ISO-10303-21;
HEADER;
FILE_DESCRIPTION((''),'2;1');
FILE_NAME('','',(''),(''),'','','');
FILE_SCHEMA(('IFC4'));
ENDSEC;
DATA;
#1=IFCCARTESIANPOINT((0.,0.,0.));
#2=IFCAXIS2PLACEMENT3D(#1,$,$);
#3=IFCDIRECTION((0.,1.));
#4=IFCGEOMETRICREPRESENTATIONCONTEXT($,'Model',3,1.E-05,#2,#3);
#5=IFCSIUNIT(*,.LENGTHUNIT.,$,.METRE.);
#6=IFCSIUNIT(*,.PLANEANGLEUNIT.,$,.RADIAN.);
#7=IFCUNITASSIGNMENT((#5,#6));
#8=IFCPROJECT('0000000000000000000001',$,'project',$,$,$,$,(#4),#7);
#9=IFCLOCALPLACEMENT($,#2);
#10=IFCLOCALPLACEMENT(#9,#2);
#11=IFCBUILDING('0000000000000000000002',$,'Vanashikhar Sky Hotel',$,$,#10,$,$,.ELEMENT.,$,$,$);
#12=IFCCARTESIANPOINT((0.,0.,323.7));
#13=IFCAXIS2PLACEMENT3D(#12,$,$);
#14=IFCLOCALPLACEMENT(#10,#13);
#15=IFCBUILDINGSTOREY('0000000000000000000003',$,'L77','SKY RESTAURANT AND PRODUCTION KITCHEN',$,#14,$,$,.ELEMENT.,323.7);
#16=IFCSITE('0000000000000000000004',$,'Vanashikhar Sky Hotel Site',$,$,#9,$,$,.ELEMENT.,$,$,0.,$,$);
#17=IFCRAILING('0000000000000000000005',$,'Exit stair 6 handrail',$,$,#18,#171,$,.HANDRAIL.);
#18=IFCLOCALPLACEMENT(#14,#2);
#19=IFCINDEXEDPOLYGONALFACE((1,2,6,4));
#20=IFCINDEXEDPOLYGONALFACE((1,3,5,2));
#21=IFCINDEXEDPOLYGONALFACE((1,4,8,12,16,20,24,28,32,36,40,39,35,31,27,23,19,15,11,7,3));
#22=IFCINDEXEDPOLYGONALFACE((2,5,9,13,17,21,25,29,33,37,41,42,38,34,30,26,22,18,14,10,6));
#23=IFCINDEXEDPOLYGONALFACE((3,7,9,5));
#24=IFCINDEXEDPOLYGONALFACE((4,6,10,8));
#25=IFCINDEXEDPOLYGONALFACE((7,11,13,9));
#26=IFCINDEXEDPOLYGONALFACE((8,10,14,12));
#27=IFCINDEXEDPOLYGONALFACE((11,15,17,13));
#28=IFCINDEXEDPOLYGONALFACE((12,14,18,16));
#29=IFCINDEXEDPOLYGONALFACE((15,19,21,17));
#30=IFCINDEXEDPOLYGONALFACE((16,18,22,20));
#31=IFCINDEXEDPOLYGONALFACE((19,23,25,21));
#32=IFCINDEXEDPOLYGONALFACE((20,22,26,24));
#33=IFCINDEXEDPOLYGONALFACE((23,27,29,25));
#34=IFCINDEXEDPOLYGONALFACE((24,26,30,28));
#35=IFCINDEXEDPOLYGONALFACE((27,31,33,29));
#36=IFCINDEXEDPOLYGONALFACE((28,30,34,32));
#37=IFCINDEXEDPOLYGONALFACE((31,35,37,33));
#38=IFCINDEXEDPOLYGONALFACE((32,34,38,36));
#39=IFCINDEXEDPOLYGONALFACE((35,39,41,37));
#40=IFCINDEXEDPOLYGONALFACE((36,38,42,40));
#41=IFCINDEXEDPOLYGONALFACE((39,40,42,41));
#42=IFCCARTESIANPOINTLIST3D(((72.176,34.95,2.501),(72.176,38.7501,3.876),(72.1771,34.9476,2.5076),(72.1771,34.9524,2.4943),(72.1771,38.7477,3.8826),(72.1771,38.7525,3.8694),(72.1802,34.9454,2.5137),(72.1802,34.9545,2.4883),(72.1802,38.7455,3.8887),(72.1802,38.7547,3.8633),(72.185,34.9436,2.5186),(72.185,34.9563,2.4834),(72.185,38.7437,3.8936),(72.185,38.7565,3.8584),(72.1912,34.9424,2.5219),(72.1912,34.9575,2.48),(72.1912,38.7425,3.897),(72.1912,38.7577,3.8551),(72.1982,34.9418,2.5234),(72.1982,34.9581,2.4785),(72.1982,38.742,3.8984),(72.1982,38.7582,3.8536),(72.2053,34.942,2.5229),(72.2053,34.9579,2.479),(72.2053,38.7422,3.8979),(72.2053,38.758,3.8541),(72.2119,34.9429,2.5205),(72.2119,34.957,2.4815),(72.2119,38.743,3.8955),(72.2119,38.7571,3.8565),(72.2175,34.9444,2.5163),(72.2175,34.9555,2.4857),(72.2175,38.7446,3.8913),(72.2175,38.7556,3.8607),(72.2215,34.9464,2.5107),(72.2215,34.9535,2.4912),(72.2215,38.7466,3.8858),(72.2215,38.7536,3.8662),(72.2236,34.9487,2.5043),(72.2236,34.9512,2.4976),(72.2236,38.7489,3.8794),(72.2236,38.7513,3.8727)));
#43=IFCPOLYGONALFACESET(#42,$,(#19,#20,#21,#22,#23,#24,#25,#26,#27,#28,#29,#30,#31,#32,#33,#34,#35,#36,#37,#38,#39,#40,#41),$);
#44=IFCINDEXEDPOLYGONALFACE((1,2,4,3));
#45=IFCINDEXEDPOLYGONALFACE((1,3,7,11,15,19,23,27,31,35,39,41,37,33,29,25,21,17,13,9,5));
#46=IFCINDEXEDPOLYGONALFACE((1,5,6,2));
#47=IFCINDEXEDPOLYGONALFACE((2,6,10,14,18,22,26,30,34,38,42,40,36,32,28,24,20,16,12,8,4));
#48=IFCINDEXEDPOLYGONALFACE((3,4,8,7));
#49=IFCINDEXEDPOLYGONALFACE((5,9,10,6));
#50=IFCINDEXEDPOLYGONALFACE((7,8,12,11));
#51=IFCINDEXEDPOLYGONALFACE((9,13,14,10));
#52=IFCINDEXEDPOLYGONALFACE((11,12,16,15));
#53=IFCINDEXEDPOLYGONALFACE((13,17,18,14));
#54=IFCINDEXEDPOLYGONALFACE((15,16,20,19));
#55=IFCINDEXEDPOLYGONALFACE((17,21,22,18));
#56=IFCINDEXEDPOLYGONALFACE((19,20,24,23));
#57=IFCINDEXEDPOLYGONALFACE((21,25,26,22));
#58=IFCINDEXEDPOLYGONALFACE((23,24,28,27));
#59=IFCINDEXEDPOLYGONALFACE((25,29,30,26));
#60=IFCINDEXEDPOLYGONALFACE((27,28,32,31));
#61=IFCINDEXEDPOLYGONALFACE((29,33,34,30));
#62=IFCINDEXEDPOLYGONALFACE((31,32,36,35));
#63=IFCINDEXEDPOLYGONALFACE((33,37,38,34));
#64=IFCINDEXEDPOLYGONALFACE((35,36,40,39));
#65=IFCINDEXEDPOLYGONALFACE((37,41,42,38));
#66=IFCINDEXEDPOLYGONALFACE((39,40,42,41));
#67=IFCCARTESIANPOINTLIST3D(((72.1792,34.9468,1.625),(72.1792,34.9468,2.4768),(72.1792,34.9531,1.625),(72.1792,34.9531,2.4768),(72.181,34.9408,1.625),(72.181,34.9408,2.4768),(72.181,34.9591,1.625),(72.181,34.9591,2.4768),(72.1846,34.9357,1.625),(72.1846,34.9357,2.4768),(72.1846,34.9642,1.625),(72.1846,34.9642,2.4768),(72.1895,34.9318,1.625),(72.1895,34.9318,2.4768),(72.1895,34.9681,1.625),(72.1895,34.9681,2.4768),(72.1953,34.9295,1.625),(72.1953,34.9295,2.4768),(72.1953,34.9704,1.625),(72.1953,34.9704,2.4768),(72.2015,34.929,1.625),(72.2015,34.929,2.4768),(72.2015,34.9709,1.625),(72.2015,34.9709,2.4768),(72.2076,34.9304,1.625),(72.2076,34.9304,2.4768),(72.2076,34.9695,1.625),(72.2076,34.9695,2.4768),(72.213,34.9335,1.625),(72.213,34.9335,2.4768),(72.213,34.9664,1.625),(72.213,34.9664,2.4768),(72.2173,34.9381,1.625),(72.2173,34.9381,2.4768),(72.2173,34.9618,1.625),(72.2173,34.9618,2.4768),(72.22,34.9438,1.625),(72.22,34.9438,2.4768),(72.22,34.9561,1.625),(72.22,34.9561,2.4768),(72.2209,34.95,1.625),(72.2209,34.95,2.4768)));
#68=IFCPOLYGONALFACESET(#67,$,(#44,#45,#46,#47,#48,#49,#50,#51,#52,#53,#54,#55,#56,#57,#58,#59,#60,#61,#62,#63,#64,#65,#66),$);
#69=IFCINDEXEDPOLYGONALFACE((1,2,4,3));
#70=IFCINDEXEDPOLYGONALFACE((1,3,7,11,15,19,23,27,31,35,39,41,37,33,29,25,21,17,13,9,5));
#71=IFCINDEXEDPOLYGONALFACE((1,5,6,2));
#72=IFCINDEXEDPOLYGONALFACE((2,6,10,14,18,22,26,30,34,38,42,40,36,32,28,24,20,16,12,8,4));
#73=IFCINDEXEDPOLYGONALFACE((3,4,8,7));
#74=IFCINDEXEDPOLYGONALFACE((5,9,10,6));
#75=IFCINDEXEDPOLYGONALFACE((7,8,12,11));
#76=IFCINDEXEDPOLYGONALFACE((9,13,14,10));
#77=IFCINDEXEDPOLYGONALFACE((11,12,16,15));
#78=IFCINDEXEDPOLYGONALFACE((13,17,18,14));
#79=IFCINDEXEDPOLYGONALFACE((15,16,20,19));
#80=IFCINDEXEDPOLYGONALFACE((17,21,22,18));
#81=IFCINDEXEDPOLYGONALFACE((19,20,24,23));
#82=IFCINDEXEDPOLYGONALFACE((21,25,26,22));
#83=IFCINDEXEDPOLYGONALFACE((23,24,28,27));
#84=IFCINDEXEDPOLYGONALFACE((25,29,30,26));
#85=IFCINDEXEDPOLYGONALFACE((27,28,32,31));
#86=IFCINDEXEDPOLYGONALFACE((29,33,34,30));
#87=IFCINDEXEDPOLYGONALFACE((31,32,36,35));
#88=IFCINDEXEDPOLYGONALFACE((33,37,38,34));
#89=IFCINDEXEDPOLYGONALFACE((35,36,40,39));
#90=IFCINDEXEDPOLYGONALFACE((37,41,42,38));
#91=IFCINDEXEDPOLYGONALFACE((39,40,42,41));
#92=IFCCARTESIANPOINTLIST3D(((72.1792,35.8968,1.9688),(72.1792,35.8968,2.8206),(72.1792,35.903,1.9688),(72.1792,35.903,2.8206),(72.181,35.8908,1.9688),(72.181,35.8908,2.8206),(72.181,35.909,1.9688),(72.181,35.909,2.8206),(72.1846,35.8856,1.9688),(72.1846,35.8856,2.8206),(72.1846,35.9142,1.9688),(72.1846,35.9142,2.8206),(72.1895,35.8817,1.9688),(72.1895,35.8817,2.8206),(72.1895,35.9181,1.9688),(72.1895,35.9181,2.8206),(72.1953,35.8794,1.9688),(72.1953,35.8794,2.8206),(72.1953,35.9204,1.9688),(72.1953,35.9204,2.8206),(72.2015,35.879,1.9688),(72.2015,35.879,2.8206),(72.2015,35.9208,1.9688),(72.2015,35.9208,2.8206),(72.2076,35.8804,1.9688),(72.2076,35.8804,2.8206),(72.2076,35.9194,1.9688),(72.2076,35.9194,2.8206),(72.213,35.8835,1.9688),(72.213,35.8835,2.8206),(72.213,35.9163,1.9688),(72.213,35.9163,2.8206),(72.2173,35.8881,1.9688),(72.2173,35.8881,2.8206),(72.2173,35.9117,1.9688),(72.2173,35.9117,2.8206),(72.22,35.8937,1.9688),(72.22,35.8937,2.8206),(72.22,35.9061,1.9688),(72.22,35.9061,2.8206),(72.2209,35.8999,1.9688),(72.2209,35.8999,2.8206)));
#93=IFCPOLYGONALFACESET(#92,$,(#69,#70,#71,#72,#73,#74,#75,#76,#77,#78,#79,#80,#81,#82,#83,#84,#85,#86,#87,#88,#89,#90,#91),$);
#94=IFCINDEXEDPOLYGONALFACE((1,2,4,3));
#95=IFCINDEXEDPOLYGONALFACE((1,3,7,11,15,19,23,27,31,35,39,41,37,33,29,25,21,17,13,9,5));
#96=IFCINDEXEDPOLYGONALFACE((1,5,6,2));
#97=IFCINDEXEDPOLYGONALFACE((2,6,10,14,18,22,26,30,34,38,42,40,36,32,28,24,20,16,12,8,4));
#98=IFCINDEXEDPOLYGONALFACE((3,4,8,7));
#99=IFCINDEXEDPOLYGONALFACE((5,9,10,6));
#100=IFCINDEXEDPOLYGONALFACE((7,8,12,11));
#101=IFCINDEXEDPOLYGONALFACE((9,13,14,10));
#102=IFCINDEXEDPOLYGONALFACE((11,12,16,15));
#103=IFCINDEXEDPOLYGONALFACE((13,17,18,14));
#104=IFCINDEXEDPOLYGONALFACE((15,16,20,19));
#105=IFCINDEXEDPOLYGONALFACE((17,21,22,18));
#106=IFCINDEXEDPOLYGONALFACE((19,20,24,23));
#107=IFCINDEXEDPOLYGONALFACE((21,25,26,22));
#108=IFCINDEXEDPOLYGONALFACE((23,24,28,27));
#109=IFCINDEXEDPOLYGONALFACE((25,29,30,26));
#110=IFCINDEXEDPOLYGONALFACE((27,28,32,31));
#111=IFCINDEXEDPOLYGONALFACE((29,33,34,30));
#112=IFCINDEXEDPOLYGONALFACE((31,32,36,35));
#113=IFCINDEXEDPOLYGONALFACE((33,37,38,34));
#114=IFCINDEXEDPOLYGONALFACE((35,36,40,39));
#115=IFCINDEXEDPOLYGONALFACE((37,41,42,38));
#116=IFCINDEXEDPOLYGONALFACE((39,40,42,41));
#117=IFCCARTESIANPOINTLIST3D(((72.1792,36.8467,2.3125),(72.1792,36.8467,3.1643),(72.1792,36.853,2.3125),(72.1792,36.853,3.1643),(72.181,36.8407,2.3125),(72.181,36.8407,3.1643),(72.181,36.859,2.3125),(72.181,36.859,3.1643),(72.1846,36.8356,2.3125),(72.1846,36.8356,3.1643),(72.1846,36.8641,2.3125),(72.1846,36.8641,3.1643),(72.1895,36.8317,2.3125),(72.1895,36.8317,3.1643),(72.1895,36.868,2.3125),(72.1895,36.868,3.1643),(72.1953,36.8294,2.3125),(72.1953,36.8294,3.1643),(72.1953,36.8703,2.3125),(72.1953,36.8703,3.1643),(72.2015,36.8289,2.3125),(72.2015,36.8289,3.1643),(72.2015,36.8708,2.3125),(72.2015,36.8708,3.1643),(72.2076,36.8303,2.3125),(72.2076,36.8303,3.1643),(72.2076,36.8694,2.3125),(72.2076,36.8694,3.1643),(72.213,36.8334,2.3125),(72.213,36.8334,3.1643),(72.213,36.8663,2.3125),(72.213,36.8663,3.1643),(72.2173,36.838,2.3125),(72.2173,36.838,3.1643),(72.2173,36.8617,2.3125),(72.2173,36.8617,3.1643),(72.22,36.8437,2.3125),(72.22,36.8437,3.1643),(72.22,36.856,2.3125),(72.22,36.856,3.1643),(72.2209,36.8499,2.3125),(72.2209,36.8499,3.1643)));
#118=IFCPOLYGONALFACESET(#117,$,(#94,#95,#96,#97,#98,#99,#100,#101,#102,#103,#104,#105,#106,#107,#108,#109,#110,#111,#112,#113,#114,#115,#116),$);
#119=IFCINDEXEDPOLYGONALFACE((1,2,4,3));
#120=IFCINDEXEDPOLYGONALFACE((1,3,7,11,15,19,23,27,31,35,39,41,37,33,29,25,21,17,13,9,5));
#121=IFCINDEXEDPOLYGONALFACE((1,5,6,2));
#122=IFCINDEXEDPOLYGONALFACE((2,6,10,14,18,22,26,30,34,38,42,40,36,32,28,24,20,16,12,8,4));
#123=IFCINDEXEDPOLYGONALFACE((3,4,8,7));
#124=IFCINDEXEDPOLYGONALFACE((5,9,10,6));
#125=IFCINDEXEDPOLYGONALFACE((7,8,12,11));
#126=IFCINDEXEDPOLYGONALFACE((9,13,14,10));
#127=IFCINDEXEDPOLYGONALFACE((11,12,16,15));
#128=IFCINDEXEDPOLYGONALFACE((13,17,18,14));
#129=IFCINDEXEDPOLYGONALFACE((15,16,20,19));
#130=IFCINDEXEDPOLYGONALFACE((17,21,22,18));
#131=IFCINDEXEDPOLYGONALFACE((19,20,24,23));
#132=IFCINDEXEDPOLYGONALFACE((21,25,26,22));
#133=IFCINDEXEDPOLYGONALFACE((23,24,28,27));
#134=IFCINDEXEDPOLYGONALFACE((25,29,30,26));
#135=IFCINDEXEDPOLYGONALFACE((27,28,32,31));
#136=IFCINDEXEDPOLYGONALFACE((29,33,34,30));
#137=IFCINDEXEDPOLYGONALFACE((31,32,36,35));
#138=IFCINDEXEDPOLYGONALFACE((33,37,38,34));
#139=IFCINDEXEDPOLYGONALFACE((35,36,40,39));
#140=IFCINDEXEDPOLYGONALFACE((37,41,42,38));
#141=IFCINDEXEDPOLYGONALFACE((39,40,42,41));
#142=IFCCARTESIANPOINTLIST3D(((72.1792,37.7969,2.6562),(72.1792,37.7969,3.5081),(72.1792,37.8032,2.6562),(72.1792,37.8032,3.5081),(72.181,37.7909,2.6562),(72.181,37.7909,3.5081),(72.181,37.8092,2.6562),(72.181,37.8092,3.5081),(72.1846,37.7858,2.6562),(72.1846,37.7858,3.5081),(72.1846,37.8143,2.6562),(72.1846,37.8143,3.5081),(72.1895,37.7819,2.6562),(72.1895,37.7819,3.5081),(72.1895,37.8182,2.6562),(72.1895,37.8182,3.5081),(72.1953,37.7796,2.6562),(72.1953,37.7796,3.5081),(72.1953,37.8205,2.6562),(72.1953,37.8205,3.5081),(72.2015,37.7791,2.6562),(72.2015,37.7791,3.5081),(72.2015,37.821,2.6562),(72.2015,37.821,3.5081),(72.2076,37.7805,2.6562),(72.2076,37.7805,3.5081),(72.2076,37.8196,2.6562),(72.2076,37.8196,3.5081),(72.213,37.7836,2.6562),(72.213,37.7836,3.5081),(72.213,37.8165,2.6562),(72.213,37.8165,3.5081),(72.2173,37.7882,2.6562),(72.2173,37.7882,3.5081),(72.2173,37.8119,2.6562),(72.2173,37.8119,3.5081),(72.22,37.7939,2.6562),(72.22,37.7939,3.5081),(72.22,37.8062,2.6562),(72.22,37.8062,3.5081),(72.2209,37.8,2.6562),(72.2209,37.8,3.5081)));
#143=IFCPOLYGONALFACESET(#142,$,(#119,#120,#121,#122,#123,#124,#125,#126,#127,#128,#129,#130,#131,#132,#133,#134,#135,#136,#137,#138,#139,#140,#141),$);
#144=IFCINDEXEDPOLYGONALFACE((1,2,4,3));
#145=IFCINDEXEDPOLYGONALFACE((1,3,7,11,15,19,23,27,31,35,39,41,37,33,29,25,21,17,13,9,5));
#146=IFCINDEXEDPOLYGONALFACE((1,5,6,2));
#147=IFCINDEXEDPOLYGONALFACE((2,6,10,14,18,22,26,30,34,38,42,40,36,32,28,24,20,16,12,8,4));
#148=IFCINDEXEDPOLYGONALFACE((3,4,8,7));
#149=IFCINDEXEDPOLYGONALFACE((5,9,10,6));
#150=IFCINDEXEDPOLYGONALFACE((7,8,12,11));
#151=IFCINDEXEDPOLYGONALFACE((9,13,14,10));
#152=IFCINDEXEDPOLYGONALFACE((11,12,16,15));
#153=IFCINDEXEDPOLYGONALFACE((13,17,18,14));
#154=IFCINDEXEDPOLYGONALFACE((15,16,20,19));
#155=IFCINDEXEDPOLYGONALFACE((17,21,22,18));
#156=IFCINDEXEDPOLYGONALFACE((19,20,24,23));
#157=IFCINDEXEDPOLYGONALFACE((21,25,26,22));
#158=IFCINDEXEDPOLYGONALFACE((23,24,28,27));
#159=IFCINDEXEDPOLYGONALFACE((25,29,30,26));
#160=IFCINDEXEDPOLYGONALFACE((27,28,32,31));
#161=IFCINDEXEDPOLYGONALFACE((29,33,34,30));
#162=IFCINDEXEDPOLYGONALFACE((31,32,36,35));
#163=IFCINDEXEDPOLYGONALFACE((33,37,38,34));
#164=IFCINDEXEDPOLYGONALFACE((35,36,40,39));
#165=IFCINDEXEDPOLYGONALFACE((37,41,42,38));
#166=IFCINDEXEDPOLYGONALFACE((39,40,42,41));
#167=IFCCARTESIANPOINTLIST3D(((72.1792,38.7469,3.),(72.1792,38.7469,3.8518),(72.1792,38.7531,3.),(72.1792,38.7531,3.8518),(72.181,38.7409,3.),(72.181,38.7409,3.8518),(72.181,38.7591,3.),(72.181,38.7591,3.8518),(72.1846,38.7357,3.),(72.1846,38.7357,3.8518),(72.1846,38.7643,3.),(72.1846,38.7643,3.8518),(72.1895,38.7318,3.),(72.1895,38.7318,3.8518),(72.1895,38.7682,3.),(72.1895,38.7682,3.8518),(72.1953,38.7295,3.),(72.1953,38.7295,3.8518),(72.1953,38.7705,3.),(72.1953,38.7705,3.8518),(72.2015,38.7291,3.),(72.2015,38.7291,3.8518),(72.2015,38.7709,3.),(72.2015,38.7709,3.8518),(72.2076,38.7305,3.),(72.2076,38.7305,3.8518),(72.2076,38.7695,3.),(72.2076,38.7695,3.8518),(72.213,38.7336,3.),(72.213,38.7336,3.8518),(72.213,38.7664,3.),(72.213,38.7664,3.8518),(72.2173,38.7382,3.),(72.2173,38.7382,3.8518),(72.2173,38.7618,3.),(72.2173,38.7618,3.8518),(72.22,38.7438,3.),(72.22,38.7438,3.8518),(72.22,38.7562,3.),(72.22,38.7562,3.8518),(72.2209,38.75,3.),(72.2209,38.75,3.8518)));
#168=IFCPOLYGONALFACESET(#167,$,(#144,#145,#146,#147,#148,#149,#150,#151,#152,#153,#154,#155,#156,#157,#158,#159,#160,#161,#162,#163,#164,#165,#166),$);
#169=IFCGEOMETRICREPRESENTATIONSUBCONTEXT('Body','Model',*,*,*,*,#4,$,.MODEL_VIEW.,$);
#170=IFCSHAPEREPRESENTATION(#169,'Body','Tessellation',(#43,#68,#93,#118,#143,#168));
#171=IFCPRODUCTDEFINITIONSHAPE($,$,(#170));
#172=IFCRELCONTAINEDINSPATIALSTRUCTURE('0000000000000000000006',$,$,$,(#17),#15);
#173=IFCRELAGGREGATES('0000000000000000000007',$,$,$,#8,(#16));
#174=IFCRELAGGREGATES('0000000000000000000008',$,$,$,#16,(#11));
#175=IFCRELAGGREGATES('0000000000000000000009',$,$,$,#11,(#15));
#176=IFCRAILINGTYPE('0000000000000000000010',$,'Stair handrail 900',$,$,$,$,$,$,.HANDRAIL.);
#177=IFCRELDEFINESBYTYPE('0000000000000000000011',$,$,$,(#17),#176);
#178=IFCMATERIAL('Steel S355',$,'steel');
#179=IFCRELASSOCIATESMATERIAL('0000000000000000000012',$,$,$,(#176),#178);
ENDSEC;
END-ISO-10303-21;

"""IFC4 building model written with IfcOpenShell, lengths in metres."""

from ifc_helpers import new_model, si_unit, direction, frame, origin, origin_2d, place, context, subcontext, project, spatial, circle, extrude, source, transform, mapped, material, type_object, element, save


model = new_model("IFC4")

# Units and contexts
model_context = context("Model", 3, precision=1e-05, world=origin(), true_north=direction((0.0, 1.0)))
body_context = subcontext(model_context, "Body", "Model", "MODEL_VIEW")
ifc_project = project(units=[si_unit("LENGTHUNIT", "METRE"), si_unit("PLANEANGLEUNIT", "RADIAN")], contexts=[model_context])

# Site, building, storey
site_placement = place(None, origin())
site = spatial("IfcSite", under=ifc_project, at=site_placement, Name="Vanashikhar Sky Hotel Site", CompositionType="ELEMENT", RefElevation=0.0)
building_placement = place(site_placement, origin())
building = spatial("IfcBuilding", under=site, at=building_placement, Name="Vanashikhar Sky Hotel", CompositionType="ELEMENT")
storey_placement = place(building_placement, frame((0.0, 0.0, 323.7)))
storey = spatial("IfcBuildingStorey", under=building, at=storey_placement, Name="L77", Description="SKY RESTAURANT AND PRODUCTION KITCHEN", CompositionType="ELEMENT", Elevation=323.7)

# Railing
ifc_material_1 = material(Name="Steel S355", Category="steel")
railing_type_1 = type_object("IfcRailingType", Name="Stair handrail 900", PredefinedType="HANDRAIL", material=ifc_material_1)
shared_shape_1 = source(origin(), body_context, "Body", "SweptSolid", [
    extrude(circle(Radius=0.0239, at=origin_2d()), frame((0.0, 0.0, 0.876), z_axis=(0.0, 0.940336, 0.340249), x_axis=(-1.0, 0.0, 0.0)), (0.0, 0.0, 1.0), 4.0413),
    extrude(circle(Radius=0.021, at=origin_2d()), origin(), (0.0, 0.0, 1.0), 0.8518),
    extrude(circle(Radius=0.021, at=origin_2d()), frame((0.0, 0.95, 0.3438)), (0.0, 0.0, 1.0), 0.8518),
    extrude(circle(Radius=0.021, at=origin_2d()), frame((0.0, 1.8999, 0.6875)), (0.0, 0.0, 1.0), 0.8518),
    extrude(circle(Radius=0.021, at=origin_2d()), frame((0.0, 2.8501, 1.0312)), (0.0, 0.0, 1.0), 0.8518),
    extrude(circle(Radius=0.021, at=origin_2d()), frame((0.0, 3.8, 1.375)), (0.0, 0.0, 1.0), 0.8518),
])
for number, where, name in (
    (1, (72.2, 34.95, 1.625), "Exit stair 6 handrail"),
):
    element("IfcRailing", number, at=place(storey_placement, frame(where)), inside=storey, type_object=railing_type_1, Name=name, PredefinedType="HANDRAIL", context=body_context, shape_type="MappedRepresentation", body=[
        mapped(shared_shape_1, transform((0.0, 0.0, 0.0), scale=1.0)),
    ])

save(model, "model.ifc")
